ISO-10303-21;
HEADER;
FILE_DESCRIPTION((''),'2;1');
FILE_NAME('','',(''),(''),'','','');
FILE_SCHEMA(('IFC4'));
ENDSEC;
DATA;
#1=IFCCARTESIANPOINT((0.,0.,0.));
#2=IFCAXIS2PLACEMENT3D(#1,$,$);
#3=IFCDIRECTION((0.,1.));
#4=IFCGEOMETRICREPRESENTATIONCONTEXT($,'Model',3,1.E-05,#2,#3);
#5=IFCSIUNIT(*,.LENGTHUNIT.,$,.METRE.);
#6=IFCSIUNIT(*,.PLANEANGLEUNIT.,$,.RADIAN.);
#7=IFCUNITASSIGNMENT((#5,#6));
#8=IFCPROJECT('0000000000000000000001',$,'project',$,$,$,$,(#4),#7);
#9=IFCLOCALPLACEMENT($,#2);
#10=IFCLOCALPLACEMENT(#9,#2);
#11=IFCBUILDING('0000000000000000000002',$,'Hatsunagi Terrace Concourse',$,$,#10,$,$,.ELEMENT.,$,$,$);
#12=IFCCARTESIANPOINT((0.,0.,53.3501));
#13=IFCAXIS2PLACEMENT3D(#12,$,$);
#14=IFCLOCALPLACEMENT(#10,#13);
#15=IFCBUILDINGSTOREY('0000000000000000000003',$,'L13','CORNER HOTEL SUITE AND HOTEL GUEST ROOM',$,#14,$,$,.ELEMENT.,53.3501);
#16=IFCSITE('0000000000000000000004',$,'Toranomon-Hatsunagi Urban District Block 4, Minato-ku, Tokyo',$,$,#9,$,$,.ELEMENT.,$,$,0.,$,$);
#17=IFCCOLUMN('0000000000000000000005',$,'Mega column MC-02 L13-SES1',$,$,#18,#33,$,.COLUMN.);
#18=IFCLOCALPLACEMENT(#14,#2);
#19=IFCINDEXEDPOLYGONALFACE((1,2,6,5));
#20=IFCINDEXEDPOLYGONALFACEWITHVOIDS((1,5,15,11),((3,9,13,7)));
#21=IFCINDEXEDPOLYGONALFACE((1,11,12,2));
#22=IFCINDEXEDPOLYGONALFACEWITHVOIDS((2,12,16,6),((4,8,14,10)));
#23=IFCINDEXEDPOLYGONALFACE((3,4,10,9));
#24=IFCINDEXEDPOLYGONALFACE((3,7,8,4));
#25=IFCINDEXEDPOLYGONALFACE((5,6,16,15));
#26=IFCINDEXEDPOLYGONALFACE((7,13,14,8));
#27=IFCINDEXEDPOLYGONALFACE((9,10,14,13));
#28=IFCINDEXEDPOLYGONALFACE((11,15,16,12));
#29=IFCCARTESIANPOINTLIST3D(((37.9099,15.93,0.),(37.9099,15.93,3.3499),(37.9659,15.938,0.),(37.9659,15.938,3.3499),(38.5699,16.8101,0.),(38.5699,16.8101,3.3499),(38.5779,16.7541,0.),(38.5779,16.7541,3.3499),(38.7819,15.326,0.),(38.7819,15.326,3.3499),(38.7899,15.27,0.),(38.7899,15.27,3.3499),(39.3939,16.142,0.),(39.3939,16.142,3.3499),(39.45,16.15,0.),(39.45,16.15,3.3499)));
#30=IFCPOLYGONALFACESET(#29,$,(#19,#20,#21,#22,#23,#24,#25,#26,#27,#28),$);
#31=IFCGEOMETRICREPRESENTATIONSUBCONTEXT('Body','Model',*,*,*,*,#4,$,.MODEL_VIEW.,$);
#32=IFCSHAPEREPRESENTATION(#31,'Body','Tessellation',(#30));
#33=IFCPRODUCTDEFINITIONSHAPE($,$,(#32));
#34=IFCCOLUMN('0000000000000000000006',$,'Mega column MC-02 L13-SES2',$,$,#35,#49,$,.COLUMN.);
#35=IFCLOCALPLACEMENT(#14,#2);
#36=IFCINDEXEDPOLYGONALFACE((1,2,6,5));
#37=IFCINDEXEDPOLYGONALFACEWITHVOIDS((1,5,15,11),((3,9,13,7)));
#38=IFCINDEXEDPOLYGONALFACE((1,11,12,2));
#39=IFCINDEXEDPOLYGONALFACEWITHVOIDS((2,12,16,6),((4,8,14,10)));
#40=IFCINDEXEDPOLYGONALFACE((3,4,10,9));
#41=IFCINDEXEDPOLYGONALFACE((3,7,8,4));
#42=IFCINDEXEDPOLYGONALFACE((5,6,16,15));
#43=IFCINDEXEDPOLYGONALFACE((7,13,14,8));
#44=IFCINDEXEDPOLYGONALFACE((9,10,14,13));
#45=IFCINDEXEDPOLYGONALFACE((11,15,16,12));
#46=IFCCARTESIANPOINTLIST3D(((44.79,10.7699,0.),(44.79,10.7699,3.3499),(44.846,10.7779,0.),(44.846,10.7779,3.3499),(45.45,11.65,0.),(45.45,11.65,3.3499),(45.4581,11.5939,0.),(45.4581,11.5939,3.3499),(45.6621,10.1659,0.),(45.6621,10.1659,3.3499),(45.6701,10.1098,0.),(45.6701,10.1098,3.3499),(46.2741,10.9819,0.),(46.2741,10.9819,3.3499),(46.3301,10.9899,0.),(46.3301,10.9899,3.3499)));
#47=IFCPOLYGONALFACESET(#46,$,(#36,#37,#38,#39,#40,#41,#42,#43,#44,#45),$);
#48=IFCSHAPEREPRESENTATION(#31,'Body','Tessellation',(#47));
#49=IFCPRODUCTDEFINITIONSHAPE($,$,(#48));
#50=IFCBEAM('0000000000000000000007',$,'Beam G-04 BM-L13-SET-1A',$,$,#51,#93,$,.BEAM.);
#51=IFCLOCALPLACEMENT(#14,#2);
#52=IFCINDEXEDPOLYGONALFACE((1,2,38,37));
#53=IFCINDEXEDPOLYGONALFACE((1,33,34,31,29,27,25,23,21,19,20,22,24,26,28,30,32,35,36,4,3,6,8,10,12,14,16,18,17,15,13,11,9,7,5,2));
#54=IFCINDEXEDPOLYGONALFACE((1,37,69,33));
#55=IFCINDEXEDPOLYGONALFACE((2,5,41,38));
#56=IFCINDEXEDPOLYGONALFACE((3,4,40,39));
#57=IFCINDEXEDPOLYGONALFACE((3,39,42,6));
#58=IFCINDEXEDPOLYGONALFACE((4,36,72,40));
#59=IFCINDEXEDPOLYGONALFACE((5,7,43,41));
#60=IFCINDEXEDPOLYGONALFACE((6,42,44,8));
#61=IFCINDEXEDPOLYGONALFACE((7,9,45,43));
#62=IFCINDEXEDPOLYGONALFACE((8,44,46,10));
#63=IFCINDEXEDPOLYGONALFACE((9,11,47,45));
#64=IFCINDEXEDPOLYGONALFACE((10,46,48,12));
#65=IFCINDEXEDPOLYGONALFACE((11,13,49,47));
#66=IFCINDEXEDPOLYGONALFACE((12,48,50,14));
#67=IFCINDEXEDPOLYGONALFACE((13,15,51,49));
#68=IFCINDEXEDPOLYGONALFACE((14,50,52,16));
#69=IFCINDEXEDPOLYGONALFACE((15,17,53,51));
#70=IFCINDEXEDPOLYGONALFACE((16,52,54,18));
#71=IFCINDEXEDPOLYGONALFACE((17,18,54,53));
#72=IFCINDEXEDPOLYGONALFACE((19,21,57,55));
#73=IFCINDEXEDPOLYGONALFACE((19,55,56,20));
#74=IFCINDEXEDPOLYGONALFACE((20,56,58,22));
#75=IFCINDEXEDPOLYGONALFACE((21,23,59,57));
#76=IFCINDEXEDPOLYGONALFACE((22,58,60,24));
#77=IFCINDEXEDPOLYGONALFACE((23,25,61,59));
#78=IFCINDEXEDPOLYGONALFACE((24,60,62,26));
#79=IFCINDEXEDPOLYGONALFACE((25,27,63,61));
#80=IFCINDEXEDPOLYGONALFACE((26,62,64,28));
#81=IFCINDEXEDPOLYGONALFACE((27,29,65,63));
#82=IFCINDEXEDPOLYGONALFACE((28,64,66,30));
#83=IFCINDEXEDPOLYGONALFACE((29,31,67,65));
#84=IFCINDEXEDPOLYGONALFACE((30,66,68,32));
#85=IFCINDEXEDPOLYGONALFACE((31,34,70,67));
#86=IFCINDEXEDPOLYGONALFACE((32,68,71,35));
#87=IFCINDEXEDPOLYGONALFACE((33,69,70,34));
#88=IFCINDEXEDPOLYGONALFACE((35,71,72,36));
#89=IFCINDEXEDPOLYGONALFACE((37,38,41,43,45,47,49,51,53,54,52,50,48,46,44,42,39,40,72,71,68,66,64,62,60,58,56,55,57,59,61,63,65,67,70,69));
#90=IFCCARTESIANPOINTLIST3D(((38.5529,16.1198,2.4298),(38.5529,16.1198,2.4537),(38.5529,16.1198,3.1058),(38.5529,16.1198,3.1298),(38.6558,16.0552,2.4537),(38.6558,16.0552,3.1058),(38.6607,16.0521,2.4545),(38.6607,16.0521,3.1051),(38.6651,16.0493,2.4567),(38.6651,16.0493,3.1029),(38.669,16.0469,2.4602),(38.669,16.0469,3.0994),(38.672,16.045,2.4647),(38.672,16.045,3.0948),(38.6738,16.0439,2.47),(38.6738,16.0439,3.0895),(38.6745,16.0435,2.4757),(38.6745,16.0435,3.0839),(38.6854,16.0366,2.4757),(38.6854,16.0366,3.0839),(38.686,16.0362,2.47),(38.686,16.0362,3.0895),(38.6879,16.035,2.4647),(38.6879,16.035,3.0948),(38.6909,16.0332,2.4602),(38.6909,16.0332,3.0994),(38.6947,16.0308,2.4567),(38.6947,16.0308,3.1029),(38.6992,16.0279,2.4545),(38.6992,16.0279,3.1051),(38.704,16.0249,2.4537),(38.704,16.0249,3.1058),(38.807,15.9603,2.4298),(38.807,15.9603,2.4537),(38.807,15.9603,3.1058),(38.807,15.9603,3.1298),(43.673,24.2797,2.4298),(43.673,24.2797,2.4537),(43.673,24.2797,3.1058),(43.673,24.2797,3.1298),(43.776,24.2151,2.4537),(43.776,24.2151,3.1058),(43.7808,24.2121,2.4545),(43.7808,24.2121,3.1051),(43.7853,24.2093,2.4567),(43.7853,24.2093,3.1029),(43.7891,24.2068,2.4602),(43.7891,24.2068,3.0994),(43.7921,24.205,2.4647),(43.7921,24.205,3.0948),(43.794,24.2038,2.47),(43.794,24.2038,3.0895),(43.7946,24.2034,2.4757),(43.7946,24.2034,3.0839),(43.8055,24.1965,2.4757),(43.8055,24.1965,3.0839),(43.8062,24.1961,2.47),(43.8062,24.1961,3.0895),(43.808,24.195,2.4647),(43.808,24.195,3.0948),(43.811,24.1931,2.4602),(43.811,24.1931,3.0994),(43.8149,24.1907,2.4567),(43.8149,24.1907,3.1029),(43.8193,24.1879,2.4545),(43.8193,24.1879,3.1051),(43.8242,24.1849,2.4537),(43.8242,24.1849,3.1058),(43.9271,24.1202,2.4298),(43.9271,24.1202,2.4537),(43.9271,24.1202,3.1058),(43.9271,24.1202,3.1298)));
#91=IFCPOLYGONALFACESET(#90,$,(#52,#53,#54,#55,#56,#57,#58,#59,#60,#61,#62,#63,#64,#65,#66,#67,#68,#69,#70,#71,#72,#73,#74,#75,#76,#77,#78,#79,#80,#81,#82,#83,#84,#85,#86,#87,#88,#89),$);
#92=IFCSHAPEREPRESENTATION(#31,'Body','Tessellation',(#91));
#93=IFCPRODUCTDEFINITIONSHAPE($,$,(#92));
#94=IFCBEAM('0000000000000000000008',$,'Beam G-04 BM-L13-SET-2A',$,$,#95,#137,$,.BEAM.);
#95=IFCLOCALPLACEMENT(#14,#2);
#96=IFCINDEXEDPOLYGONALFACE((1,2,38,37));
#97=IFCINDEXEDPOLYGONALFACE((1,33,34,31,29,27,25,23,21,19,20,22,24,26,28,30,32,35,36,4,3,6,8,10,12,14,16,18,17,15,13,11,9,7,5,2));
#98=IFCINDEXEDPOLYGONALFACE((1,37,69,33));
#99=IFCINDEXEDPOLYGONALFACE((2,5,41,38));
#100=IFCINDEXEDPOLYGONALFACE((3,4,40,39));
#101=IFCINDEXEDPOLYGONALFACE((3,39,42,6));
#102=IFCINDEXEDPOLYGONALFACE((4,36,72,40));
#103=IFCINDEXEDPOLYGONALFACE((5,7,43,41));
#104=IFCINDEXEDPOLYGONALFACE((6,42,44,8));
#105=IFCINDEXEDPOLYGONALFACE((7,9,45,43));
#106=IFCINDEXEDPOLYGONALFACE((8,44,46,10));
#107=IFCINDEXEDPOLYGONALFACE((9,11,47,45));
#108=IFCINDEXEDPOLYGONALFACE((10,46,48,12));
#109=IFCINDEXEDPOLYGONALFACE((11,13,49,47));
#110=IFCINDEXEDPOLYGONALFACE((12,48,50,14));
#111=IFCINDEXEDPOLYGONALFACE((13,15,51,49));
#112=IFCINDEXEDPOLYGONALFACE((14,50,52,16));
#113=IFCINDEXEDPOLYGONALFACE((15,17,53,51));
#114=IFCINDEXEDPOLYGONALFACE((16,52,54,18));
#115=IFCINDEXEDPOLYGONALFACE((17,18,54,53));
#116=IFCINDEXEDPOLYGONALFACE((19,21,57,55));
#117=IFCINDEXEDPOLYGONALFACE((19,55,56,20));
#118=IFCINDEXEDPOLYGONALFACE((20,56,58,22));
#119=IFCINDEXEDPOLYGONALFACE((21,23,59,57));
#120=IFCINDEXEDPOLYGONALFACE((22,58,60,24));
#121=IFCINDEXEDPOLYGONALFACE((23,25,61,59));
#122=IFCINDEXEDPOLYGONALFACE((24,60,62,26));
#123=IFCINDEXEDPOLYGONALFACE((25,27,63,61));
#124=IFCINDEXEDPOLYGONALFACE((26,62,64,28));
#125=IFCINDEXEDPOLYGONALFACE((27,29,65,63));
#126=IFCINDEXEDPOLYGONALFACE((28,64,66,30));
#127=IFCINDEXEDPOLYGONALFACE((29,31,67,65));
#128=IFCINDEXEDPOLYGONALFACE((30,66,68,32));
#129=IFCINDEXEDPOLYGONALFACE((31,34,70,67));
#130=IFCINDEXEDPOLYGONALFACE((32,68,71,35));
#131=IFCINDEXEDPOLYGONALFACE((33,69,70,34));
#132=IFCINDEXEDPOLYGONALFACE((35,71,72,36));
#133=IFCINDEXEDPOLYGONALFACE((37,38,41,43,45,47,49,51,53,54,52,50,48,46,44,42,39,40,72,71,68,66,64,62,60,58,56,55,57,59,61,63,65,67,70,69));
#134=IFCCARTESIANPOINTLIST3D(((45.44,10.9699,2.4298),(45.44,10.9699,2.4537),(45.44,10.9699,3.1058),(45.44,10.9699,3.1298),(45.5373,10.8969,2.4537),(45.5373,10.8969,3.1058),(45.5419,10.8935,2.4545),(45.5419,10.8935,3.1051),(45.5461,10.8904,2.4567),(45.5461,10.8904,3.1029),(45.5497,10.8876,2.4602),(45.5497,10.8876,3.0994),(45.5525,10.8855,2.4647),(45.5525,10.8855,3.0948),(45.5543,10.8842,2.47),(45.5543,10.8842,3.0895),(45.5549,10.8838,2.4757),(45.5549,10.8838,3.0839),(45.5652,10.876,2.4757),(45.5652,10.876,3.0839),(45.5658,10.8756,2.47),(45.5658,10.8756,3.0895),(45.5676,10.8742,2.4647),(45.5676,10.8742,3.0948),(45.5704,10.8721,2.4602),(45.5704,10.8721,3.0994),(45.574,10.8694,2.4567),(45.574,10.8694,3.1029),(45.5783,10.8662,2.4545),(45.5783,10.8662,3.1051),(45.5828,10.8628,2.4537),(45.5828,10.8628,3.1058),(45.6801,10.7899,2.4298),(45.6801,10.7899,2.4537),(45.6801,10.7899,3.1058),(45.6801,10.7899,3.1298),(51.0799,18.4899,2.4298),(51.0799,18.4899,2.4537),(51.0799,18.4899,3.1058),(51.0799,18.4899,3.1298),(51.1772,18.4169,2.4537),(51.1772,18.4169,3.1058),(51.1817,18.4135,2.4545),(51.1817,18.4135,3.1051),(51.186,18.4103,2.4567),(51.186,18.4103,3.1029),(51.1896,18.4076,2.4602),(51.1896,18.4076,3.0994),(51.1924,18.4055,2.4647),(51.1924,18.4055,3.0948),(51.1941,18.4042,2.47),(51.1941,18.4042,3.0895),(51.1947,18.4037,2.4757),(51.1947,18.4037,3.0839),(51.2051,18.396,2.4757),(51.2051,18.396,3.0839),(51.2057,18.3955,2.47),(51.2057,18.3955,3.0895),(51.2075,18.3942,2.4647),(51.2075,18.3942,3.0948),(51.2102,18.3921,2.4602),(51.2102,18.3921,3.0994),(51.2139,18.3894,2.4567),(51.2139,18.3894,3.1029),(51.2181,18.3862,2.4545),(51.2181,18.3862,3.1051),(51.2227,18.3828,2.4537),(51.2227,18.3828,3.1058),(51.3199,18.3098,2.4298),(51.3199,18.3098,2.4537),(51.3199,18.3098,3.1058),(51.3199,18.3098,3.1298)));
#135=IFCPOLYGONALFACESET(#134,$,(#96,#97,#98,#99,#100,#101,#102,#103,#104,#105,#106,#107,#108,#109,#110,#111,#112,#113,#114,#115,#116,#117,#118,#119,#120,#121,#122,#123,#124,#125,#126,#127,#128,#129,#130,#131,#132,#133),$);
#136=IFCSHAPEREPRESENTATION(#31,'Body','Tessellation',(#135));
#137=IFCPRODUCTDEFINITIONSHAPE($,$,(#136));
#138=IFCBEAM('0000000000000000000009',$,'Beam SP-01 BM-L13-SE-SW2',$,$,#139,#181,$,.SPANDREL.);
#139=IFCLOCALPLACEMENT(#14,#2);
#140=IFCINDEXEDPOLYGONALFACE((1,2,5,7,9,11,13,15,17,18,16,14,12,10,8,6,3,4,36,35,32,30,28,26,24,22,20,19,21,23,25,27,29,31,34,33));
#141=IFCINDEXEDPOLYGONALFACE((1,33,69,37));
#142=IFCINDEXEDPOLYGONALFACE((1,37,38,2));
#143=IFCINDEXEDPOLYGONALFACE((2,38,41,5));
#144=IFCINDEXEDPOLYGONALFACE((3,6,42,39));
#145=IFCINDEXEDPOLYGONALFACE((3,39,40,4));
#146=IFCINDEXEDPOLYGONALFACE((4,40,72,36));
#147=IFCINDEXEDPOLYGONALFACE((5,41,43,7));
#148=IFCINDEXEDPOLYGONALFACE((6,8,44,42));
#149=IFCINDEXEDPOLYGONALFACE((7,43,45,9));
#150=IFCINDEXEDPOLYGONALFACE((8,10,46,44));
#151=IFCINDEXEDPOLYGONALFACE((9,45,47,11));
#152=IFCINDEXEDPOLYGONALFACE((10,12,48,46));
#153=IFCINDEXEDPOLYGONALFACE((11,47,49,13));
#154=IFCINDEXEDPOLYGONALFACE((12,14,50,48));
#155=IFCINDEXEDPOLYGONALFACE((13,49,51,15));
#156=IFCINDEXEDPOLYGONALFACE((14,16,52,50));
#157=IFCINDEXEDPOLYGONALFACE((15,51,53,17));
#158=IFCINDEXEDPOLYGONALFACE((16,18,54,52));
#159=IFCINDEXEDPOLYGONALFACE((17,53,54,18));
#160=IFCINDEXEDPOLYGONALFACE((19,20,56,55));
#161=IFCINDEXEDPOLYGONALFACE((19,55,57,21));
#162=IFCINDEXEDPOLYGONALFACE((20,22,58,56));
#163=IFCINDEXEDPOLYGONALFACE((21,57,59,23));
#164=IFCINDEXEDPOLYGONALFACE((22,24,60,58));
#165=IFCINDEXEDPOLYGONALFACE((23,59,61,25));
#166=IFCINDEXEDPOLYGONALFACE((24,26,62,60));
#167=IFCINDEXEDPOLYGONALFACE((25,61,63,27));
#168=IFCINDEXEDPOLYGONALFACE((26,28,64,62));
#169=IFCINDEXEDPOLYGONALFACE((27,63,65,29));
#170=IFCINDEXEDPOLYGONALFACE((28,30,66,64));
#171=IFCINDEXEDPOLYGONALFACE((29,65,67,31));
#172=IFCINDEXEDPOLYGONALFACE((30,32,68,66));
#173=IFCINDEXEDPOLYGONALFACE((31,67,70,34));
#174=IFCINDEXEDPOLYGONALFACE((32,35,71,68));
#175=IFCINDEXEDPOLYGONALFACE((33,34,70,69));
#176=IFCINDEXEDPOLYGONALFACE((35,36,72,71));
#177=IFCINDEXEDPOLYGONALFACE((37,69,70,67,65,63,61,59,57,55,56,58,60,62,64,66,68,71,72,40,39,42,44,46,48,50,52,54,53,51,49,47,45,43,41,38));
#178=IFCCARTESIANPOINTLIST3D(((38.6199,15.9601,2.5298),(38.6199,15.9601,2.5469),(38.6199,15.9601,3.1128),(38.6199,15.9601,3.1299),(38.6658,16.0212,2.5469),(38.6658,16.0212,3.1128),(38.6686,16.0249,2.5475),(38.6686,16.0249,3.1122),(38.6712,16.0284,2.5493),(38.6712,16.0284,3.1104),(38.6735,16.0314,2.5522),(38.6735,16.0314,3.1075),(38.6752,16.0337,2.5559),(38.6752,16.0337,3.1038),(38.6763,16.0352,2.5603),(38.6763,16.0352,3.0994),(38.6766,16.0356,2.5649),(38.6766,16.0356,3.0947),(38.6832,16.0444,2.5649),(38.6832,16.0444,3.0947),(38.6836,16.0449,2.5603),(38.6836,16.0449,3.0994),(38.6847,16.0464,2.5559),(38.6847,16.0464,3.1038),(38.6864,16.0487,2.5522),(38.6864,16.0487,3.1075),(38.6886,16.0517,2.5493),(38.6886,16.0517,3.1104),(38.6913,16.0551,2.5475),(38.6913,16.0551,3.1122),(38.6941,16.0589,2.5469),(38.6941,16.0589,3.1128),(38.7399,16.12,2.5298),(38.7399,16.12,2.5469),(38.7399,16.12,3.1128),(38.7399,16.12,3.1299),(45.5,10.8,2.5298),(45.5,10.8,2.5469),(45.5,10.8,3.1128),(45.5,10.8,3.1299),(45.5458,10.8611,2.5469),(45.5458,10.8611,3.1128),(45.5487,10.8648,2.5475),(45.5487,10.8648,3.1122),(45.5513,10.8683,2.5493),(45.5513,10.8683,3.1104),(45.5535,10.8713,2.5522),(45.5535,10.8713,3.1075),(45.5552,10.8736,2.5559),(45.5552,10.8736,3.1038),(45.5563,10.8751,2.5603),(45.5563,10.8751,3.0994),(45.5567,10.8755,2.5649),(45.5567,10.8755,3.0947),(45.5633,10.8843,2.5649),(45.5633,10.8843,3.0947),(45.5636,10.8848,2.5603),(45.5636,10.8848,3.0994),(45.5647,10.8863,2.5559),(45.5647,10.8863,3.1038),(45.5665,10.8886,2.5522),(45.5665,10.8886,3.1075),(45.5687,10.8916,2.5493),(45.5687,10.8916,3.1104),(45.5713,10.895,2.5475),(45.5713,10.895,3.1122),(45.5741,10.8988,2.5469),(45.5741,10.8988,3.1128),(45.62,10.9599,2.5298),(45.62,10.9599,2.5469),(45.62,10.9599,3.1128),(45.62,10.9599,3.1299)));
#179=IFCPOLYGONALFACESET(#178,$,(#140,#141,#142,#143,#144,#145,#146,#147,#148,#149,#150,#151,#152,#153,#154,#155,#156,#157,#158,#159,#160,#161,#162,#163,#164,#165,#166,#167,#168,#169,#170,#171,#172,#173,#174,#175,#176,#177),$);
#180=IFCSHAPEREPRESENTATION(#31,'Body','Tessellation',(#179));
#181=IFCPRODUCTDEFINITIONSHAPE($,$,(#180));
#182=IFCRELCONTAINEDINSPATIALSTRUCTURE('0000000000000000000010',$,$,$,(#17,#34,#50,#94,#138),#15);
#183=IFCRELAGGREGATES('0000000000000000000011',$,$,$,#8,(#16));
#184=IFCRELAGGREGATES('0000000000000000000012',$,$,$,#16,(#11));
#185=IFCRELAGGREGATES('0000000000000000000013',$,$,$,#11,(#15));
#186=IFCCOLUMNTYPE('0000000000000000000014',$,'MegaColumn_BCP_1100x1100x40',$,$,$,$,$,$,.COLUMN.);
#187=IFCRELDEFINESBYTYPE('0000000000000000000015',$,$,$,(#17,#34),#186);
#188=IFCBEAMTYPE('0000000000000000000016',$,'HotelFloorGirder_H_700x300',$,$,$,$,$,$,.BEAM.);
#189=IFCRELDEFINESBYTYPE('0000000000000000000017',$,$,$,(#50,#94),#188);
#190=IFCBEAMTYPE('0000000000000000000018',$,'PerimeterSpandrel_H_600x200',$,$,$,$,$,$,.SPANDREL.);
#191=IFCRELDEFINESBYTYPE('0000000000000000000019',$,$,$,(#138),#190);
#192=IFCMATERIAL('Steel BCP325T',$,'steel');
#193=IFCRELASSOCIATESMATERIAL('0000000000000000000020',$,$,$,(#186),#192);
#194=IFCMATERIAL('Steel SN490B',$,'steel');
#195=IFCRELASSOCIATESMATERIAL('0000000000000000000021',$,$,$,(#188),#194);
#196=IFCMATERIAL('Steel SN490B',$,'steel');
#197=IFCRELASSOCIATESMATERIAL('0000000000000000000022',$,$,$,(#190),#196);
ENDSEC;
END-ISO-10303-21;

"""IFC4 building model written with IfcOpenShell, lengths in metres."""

from ifc_helpers import new_model, si_unit, direction, frame, origin, origin_2d, place, context, subcontext, project, spatial, hollow_rectangle, i_section, extrude, material, material_profile, profile_set, type_object, element, save


model = new_model("IFC4")

# Units and contexts
model_context = context("Model", 3, precision=1e-05, world=origin(), true_north=direction((0.0, 1.0)))
body_context = subcontext(model_context, "Body", "Model", "MODEL_VIEW")
ifc_project = project(units=[si_unit("LENGTHUNIT", "METRE"), si_unit("PLANEANGLEUNIT", "RADIAN")], contexts=[model_context])

# Site, building, storey
site_placement = place(None, origin())
site = spatial("IfcSite", under=ifc_project, at=site_placement, Name="Toranomon-Hatsunagi Urban District Block 4, Minato-ku, Tokyo", CompositionType="ELEMENT", RefElevation=0.0)
building_placement = place(site_placement, origin())
building = spatial("IfcBuilding", under=site, at=building_placement, Name="Hatsunagi Terrace Concourse", CompositionType="ELEMENT")
storey_placement = place(building_placement, frame((0.0, 0.0, 53.3501)))
storey = spatial("IfcBuildingStorey", under=building, at=storey_placement, Name="L13", Description="CORNER HOTEL SUITE AND HOTEL GUEST ROOM", CompositionType="ELEMENT", Elevation=53.3501)

# Columns
ifc_material_1 = material(Name="Steel BCP325T", Category="steel")
ifc_material_profile_1 = material_profile(ifc_material_1, hollow_rectangle(XDim=1.1001, YDim=1.1001, WallThickness=0.04, at=origin_2d()), Name="BCP-1100x1100x40")
ifc_profile_set_1 = profile_set([ifc_material_profile_1], Name="Steel BCP325T")
column_type = type_object("IfcColumnType", Name="MegaColumn_BCP_1100x1100x40", PredefinedType="COLUMN", material=ifc_profile_set_1)
for number, where, z_axis, x_axis, name in (
    (1, (38.6799, 16.04, 0.0), (0.0, 0.0, 1.0), (0.8, -0.6, 0.0), "Mega column MC-02 L13-SES1"),
    (2, (45.5601, 10.8799, 0.0), (0.0, 0.0, 1.0), (0.8, -0.6, 0.0), "Mega column MC-02 L13-SES2"),
):
    element("IfcColumn", number, at=place(storey_placement, frame(where, z_axis=z_axis, x_axis=x_axis)), inside=storey, type_object=column_type, Name=name, PredefinedType="COLUMN", context=body_context, shape_type="SweptSolid", body=[
        extrude(hollow_rectangle(XDim=1.1001, YDim=1.1001, WallThickness=0.04, at=origin_2d()), origin(), (0.0, 0.0, 1.0), 3.3499),
    ])

# Beams
ifc_material_2 = material(Name="Steel SN490B", Category="steel")
ifc_material_profile_2 = material_profile(ifc_material_2, i_section(OverallWidth=0.3, OverallDepth=0.7, WebThickness=0.0129, FlangeThickness=0.0239, FilletRadius=0.022, at=origin_2d()), Name="H-700x300x13x24")
ifc_profile_set_2 = profile_set([ifc_material_profile_2], Name="Steel SN490B")
beam_type_1 = type_object("IfcBeamType", Name="HotelFloorGirder_H_700x300", PredefinedType="BEAM", material=ifc_profile_set_2)
beam_1_placement = place(storey_placement, frame((38.6799, 16.04, 2.7798), z_axis=(0.531504, 0.847056, 0.0), x_axis=(-0.847056, 0.531504, 0.0)))
element("IfcBeam", 3, at=beam_1_placement, inside=storey, type_object=beam_type_1, Name="Beam G-04 BM-L13-SET-1A", PredefinedType="BEAM", context=body_context, shape_type="SweptSolid", body=[
    extrude(i_section(OverallWidth=0.3, OverallDepth=0.7, WebThickness=0.0129, FlangeThickness=0.0239, FilletRadius=0.022, at=origin_2d()), origin(), (0.0, 0.0, 1.0), 9.6333),
])
beam_2_placement = place(storey_placement, frame((45.5601, 10.8799, 2.7798), z_axis=(0.599992, 0.800006, 0.0), x_axis=(-0.800006, 0.599992, 0.0)))
element("IfcBeam", 4, at=beam_2_placement, inside=storey, type_object=beam_type_1, Name="Beam G-04 BM-L13-SET-2A", PredefinedType="BEAM", context=body_context, shape_type="SweptSolid", body=[
    extrude(i_section(OverallWidth=0.3, OverallDepth=0.7, WebThickness=0.0129, FlangeThickness=0.0239, FilletRadius=0.022, at=origin_2d()), origin(), (0.0, 0.0, 1.0), 9.3999),
])
ifc_material_3 = material(Name="Steel SN490B", Category="steel")
ifc_material_profile_3 = material_profile(ifc_material_3, i_section(OverallWidth=0.2, OverallDepth=0.6001, WebThickness=0.011, FlangeThickness=0.0171, FilletRadius=0.0181, at=origin_2d()), Name="H-600x200x11x17")
ifc_profile_set_3 = profile_set([ifc_material_profile_3], Name="Steel SN490B")
beam_type_2 = type_object("IfcBeamType", Name="PerimeterSpandrel_H_600x200", PredefinedType="SPANDREL", material=ifc_profile_set_3)
beam_3_placement = place(storey_placement, frame((38.6799, 16.04, 2.8298), z_axis=(0.799997, -0.600005, 0.0), x_axis=(0.600005, 0.799997, 0.0)))
element("IfcBeam", 5, at=beam_3_placement, inside=storey, type_object=beam_type_2, Name="Beam SP-01 BM-L13-SE-SW2", PredefinedType="SPANDREL", context=body_context, shape_type="SweptSolid", body=[
    extrude(i_section(OverallWidth=0.2, OverallDepth=0.6001, WebThickness=0.011, FlangeThickness=0.0171, FilletRadius=0.0181, at=origin_2d()), origin(), (0.0, 0.0, 1.0), 8.6001),
])

save(model, "model.ifc")
